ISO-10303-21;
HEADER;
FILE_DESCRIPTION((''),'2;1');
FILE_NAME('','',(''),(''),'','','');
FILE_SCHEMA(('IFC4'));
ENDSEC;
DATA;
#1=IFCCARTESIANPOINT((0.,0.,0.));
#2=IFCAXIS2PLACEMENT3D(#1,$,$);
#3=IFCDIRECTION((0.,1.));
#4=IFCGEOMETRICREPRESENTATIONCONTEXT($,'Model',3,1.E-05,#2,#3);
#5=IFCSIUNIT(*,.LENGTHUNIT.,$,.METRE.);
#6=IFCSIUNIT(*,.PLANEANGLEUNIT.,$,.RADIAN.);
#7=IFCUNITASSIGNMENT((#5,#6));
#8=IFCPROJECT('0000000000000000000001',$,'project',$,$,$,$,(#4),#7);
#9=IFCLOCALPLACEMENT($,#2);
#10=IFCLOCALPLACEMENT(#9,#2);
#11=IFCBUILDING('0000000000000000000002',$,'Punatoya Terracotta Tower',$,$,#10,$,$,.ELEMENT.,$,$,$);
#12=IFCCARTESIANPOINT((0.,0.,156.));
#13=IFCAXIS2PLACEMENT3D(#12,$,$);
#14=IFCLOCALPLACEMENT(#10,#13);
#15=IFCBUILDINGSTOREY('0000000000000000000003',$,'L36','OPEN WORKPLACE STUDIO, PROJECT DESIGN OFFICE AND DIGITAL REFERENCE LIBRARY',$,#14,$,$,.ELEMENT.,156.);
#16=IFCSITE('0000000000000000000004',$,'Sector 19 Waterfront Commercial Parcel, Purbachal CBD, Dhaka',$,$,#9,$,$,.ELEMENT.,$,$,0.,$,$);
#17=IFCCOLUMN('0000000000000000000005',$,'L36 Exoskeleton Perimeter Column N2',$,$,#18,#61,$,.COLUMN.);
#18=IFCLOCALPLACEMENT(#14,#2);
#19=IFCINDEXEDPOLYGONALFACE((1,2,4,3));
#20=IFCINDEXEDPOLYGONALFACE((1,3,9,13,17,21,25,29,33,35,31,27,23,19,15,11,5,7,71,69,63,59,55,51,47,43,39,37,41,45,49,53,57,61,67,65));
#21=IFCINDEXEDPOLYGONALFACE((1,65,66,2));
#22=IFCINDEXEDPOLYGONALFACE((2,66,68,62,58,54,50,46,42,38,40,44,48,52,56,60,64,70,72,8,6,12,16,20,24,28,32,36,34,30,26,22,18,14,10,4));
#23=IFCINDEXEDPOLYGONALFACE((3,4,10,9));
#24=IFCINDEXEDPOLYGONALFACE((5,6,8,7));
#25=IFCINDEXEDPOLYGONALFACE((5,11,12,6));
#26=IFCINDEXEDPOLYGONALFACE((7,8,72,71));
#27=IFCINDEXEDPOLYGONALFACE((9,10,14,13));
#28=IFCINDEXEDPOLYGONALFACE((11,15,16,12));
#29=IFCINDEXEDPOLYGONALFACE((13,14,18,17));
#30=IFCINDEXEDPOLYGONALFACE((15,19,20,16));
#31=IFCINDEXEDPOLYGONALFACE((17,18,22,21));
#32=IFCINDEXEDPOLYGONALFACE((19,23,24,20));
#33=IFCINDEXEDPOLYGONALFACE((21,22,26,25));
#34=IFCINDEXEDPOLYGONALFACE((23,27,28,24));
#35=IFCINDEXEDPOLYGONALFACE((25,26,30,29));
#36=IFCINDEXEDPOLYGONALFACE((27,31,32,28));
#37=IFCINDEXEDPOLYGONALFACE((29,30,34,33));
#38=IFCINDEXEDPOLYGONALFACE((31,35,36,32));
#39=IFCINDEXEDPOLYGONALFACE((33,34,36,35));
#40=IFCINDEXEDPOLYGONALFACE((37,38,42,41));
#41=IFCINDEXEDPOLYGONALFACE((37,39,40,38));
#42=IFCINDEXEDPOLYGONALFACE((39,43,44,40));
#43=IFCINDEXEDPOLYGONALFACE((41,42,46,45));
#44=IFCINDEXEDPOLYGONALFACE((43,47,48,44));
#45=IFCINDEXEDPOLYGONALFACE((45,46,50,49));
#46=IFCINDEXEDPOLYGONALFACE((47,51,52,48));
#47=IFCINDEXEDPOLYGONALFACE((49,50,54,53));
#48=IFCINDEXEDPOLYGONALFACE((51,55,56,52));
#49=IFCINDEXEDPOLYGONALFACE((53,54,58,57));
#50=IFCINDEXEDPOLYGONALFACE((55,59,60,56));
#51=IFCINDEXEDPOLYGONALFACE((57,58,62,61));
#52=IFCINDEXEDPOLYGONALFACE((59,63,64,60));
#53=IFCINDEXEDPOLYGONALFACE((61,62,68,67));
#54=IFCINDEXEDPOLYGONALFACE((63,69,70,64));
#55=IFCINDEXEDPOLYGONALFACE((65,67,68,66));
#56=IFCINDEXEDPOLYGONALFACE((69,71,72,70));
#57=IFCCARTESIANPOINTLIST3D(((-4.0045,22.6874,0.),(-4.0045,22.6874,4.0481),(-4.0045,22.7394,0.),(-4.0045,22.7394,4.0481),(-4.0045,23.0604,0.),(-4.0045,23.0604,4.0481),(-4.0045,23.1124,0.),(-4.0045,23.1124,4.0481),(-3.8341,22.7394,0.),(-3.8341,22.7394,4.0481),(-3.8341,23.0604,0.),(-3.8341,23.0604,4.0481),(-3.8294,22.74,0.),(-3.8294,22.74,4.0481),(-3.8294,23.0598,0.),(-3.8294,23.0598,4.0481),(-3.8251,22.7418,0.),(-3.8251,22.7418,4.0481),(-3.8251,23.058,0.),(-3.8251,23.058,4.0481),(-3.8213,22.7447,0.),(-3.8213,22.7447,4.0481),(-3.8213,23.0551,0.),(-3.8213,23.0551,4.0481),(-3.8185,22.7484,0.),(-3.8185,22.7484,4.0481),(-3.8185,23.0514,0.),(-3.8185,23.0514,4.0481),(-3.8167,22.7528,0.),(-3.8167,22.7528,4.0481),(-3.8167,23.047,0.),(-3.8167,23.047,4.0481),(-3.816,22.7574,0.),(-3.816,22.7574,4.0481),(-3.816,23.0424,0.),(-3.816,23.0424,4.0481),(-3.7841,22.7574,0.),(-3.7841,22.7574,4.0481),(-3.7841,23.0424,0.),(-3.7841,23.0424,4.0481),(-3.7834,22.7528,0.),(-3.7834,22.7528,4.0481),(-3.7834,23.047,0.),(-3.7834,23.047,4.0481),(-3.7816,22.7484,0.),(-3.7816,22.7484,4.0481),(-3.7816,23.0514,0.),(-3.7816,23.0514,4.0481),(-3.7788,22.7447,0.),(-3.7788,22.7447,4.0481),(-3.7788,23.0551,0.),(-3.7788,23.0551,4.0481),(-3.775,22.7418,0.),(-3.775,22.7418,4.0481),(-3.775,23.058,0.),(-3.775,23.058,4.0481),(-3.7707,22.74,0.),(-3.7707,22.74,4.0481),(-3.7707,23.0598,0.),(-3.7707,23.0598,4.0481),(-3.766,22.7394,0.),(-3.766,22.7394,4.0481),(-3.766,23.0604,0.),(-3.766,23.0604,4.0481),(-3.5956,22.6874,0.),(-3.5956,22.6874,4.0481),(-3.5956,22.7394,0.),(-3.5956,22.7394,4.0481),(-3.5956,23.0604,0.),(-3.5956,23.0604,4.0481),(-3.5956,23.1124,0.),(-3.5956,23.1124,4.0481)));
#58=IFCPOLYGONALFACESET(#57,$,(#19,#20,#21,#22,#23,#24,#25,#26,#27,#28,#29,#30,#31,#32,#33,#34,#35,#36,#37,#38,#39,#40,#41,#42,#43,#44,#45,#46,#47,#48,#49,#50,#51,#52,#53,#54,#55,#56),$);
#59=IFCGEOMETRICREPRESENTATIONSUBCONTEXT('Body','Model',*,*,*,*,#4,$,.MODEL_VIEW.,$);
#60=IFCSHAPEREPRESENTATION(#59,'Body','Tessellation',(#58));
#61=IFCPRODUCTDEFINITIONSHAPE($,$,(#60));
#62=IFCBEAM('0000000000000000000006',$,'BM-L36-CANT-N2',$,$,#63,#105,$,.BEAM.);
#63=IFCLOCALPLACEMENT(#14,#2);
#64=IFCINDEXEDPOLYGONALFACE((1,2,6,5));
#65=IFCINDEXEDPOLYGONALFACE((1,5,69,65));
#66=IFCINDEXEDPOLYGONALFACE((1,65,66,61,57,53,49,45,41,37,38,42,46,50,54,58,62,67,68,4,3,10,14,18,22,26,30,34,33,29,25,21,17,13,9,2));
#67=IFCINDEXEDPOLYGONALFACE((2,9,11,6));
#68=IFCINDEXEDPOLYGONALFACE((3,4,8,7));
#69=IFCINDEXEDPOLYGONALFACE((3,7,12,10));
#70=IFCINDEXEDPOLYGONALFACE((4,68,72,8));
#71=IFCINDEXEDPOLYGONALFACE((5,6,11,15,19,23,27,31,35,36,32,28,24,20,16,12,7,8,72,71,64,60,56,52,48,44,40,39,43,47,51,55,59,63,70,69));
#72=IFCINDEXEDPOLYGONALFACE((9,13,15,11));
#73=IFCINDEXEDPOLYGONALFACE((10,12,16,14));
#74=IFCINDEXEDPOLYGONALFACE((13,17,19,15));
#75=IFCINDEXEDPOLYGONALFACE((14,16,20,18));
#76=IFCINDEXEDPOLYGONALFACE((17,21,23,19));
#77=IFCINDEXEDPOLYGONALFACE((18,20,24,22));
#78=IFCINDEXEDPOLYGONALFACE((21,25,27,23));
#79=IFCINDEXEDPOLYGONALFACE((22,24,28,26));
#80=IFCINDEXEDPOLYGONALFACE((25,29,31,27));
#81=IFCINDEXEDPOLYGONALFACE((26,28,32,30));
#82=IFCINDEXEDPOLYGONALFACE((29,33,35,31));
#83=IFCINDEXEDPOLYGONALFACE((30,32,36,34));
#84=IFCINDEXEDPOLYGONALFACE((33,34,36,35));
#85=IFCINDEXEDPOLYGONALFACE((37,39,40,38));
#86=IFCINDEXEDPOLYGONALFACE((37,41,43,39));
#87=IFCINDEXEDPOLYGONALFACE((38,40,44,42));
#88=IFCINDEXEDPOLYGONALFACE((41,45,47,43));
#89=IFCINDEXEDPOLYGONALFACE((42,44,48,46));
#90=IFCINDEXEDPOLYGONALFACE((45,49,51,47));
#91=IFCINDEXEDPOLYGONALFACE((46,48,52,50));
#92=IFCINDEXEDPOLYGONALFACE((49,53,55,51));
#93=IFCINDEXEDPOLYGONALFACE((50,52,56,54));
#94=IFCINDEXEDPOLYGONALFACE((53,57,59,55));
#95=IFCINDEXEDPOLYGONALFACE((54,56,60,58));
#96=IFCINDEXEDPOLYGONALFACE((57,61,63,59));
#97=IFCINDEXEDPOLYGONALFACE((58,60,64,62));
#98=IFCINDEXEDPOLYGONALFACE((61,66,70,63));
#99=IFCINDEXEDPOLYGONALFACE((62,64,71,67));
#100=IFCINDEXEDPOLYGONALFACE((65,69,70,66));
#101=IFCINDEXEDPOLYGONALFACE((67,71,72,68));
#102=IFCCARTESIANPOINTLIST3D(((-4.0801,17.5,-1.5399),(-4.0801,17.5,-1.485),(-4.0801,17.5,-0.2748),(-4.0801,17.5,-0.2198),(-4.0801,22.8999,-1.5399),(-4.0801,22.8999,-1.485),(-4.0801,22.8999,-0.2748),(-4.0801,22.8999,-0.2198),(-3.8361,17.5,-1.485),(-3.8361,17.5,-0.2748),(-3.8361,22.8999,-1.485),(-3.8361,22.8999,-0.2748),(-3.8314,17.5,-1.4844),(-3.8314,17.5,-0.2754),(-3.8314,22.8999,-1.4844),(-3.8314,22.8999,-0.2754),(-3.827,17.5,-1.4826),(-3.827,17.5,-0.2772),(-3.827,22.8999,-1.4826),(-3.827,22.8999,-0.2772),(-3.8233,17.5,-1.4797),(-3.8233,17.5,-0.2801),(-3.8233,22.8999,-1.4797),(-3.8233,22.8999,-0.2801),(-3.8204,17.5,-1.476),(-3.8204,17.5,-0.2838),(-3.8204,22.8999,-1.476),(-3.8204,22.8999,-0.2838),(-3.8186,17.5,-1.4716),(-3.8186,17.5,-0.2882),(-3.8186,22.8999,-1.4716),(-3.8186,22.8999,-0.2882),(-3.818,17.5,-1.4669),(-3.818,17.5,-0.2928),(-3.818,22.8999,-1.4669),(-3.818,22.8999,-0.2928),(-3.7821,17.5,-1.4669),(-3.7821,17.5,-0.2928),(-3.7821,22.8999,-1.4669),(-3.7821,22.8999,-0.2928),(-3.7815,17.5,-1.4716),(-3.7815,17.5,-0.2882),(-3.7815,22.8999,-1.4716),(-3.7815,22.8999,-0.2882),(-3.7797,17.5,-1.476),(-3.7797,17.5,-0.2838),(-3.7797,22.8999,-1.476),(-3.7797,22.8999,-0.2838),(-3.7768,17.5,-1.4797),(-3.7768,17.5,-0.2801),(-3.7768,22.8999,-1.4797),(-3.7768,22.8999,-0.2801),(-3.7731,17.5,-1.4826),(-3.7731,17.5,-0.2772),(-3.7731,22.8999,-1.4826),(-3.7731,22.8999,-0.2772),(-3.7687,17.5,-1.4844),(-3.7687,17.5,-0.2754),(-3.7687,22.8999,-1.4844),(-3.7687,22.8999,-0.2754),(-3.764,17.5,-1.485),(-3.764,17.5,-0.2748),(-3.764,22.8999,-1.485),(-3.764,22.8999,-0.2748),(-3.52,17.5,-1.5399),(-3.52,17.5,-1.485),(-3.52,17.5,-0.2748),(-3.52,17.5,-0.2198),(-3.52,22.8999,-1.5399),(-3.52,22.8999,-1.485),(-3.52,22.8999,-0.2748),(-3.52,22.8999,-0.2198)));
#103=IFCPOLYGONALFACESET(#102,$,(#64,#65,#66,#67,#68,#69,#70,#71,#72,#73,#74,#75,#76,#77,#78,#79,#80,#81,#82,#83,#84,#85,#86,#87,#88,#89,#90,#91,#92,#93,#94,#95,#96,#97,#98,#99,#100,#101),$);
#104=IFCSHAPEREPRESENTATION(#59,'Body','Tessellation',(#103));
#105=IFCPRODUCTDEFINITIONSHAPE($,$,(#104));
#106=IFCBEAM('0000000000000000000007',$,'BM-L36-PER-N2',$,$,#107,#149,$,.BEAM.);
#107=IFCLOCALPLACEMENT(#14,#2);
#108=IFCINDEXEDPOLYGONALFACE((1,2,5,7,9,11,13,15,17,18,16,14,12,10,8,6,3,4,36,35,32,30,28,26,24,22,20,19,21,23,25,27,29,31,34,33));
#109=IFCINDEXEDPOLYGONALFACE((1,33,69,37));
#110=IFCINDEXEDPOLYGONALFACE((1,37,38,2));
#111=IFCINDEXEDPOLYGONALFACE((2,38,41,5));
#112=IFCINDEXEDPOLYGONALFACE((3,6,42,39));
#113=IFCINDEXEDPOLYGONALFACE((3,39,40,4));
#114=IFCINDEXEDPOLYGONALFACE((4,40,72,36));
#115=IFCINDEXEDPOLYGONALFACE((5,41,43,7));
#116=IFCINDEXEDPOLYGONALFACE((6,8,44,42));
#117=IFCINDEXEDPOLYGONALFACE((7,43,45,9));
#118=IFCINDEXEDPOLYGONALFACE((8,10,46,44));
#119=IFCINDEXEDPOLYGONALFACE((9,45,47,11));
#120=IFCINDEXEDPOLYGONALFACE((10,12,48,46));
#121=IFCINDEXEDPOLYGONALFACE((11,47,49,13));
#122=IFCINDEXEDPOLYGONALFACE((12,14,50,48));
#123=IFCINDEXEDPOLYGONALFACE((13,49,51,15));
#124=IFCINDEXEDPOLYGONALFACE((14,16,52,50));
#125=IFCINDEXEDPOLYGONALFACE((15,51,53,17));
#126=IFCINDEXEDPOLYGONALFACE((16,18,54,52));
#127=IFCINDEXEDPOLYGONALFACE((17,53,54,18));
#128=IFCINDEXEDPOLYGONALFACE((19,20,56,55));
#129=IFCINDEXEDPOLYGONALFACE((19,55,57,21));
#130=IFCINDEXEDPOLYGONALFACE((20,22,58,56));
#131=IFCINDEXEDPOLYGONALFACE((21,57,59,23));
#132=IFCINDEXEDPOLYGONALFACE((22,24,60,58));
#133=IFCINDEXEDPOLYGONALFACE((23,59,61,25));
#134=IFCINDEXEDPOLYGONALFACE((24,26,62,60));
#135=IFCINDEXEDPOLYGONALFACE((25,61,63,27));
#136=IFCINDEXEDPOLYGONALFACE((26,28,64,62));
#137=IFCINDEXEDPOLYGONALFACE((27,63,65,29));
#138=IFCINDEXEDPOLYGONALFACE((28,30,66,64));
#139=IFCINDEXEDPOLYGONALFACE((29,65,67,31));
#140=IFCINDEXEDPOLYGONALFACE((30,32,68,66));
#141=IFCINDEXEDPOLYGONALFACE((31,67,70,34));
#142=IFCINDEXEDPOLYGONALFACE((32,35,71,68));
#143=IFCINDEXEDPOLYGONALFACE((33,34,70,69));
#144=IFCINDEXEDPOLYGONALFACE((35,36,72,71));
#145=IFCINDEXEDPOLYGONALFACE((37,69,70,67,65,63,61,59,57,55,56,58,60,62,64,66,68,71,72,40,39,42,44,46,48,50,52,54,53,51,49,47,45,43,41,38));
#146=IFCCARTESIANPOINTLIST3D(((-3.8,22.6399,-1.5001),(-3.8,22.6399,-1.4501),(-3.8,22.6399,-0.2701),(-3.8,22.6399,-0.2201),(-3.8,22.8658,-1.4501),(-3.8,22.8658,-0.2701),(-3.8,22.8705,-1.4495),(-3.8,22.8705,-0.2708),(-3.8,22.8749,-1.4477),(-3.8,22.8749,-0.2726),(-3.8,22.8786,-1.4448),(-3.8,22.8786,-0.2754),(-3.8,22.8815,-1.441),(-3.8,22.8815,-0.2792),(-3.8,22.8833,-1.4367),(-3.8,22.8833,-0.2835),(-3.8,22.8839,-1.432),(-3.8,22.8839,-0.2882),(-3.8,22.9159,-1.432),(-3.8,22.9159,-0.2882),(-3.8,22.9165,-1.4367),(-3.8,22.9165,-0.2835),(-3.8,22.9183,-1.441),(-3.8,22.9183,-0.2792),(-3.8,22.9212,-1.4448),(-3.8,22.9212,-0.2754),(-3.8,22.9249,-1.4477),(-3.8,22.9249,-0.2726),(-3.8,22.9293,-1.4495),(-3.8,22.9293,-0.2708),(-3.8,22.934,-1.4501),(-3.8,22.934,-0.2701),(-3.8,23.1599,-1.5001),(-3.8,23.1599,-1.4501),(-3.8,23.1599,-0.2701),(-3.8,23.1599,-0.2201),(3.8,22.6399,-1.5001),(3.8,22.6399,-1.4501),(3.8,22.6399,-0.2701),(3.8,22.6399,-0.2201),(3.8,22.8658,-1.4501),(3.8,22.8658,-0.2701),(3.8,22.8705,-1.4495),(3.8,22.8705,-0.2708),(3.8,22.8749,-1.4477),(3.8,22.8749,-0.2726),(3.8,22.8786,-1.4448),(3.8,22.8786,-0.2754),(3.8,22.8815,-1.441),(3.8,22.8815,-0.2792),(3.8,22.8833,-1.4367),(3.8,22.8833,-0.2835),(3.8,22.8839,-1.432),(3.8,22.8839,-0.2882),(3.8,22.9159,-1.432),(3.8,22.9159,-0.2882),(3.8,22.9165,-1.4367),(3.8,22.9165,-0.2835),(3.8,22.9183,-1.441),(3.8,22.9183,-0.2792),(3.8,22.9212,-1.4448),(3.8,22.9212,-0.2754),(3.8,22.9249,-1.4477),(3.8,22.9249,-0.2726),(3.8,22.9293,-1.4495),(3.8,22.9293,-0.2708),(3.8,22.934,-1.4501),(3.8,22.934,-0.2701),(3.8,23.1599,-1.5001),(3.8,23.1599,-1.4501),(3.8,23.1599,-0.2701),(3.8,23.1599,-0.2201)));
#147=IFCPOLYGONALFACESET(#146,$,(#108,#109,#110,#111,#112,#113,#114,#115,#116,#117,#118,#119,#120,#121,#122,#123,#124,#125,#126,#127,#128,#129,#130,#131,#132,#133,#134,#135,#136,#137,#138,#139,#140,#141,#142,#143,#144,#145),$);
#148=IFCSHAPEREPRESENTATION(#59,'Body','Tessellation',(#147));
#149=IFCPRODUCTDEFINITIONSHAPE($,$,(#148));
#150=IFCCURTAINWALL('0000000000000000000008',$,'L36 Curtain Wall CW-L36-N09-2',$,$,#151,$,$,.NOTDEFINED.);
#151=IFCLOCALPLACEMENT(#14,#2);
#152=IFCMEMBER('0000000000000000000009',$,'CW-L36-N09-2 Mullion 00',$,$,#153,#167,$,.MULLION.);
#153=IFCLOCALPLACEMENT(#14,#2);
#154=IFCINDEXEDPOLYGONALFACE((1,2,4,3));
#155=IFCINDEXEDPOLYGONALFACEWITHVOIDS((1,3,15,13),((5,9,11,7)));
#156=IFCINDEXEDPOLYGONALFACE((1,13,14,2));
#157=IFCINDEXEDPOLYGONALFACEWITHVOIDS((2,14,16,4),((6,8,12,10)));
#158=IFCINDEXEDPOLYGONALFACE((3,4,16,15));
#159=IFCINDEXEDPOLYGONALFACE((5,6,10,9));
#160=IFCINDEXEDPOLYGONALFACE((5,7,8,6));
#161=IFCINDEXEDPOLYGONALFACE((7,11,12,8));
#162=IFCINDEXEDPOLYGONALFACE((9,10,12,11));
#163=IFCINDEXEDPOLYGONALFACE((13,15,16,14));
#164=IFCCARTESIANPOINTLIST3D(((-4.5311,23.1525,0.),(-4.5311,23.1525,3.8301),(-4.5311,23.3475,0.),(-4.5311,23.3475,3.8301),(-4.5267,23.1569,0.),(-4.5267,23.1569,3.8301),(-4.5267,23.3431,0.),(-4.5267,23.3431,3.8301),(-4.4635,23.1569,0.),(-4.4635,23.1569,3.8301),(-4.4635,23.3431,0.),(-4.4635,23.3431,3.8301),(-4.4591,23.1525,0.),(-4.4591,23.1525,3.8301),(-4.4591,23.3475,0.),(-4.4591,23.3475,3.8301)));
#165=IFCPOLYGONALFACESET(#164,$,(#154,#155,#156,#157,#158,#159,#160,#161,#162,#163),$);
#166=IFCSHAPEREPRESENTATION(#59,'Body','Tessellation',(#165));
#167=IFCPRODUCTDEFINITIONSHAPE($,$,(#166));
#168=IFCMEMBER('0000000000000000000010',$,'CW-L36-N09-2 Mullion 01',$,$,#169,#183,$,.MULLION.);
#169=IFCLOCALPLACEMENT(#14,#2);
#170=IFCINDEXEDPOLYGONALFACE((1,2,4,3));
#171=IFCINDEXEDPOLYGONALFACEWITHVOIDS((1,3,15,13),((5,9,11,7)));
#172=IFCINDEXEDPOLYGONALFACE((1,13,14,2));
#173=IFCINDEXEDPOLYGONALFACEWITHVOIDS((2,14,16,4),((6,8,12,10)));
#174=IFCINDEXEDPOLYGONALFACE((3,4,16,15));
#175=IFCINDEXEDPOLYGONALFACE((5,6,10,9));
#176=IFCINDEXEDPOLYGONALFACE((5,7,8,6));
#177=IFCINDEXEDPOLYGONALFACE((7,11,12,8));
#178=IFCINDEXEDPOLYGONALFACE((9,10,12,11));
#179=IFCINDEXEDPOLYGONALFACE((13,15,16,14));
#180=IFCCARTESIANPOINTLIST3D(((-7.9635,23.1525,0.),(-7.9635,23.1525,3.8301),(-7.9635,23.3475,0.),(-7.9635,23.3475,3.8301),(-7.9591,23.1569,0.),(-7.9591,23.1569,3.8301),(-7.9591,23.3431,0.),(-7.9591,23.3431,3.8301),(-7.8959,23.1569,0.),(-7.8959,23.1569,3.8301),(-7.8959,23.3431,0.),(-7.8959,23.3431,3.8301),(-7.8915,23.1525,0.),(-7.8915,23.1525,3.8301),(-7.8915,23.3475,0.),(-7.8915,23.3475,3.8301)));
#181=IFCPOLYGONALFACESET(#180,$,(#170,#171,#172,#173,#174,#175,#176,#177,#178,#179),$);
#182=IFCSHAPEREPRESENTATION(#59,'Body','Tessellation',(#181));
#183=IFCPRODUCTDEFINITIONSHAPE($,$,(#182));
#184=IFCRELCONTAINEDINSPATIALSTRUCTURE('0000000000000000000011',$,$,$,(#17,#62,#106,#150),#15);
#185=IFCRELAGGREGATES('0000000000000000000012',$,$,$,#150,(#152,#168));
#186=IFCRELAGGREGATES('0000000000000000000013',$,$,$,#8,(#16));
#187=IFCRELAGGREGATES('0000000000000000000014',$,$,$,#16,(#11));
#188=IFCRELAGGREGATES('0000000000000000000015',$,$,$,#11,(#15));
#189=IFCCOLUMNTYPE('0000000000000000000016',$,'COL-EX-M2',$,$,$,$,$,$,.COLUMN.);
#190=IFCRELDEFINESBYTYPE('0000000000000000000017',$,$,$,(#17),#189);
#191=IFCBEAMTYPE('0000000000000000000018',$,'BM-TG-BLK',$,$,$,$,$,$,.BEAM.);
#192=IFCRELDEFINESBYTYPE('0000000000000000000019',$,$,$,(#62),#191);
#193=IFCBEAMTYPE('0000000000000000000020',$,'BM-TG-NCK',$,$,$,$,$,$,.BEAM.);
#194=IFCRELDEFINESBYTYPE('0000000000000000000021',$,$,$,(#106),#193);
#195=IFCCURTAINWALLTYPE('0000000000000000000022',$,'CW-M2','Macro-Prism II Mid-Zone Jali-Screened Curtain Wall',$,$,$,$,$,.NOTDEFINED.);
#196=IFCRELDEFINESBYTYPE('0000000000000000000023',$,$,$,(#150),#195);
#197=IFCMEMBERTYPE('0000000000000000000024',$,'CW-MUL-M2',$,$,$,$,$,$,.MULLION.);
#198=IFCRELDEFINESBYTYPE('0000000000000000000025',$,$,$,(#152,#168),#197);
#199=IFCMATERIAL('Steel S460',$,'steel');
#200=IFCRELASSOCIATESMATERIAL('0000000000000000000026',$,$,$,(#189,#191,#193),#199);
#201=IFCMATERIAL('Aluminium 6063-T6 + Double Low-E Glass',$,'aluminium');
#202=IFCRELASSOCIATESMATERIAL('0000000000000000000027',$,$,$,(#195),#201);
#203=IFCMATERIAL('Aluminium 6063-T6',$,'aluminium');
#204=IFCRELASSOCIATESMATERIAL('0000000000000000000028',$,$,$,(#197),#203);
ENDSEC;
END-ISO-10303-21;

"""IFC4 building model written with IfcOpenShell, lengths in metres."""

from ifc_helpers import new_model, si_unit, direction, frame, origin, origin_2d, place, context, subcontext, project, spatial, hollow_rectangle, i_section, extrude, material, material_profile, profile_set, type_object, element, aggregate, save


model = new_model("IFC4")

# Units and contexts
model_context = context("Model", 3, precision=1e-05, world=origin(), true_north=direction((0.0, 1.0)))
body_context = subcontext(model_context, "Body", "Model", "MODEL_VIEW")
ifc_project = project(units=[si_unit("LENGTHUNIT", "METRE"), si_unit("PLANEANGLEUNIT", "RADIAN")], contexts=[model_context])

# Site, building, storey
site_placement = place(None, origin())
site = spatial("IfcSite", under=ifc_project, at=site_placement, Name="Sector 19 Waterfront Commercial Parcel, Purbachal CBD, Dhaka", CompositionType="ELEMENT", RefElevation=0.0)
building_placement = place(site_placement, origin())
building = spatial("IfcBuilding", under=site, at=building_placement, Name="Punatoya Terracotta Tower", CompositionType="ELEMENT")
storey_placement = place(building_placement, frame((0.0, 0.0, 156.0)))
storey = spatial("IfcBuildingStorey", under=building, at=storey_placement, Name="L36", Description="OPEN WORKPLACE STUDIO, PROJECT DESIGN OFFICE AND DIGITAL REFERENCE LIBRARY", CompositionType="ELEMENT", Elevation=156.0)

# Column
ifc_material_1 = material(Name="Steel S460", Category="steel")
ifc_material_profile_1 = material_profile(ifc_material_1, i_section(OverallWidth=0.4089, OverallDepth=0.425, WebThickness=0.032, FlangeThickness=0.052, FilletRadius=0.0181, at=origin_2d()))
ifc_profile_set_1 = profile_set([ifc_material_profile_1], Name="Steel S460")
column_type = type_object("IfcColumnType", Name="COL-EX-M2", PredefinedType="COLUMN", material=ifc_profile_set_1)
column_placement = place(storey_placement, frame((-3.8, 22.8999, 0.0), z_axis=(0.0, 0.0, 1.0), x_axis=(1.0, 0.0, 0.0)))
element("IfcColumn", 1, at=column_placement, inside=storey, type_object=column_type, Name="L36 Exoskeleton Perimeter Column N2", PredefinedType="COLUMN", context=body_context, shape_type="SweptSolid", body=[
    extrude(i_section(OverallWidth=0.4089, OverallDepth=0.425, WebThickness=0.032, FlangeThickness=0.052, FilletRadius=0.0181, at=origin_2d()), origin(), (0.0, 0.0, 1.0), 4.0481),
])

# Beams
ifc_material_profile_2 = material_profile(ifc_material_1, i_section(OverallWidth=0.5601, OverallDepth=1.3201, WebThickness=0.0359, FlangeThickness=0.0549, FilletRadius=0.0181, at=origin_2d()))
ifc_profile_set_2 = profile_set([ifc_material_profile_2], Name="Steel S460")
beam_type_1 = type_object("IfcBeamType", Name="BM-TG-BLK", PredefinedType="BEAM", material=ifc_profile_set_2)
beam_1_placement = place(storey_placement, frame((-3.8, 17.5, -0.8799), z_axis=(0.0, 1.0, 0.0), x_axis=(-1.0, 0.0, 0.0)))
element("IfcBeam", 2, at=beam_1_placement, inside=storey, type_object=beam_type_1, Name="BM-L36-CANT-N2", PredefinedType="BEAM", context=body_context, shape_type="SweptSolid", body=[
    extrude(i_section(OverallWidth=0.5601, OverallDepth=1.3201, WebThickness=0.0359, FlangeThickness=0.0549, FilletRadius=0.0181, at=origin_2d()), origin(), (0.0, 0.0, 1.0), 5.3999),
])
ifc_material_profile_3 = material_profile(ifc_material_1, i_section(OverallWidth=0.52, OverallDepth=1.28, WebThickness=0.032, FlangeThickness=0.05, FilletRadius=0.0181, at=origin_2d()))
ifc_profile_set_3 = profile_set([ifc_material_profile_3], Name="Steel S460")
beam_type_2 = type_object("IfcBeamType", Name="BM-TG-NCK", PredefinedType="BEAM", material=ifc_profile_set_3)
beam_2_placement = place(storey_placement, frame((-3.8, 22.8999, -0.8601), z_axis=(1.0, 0.0, 0.0), x_axis=(0.0, 1.0, 0.0)))
element("IfcBeam", 3, at=beam_2_placement, inside=storey, type_object=beam_type_2, Name="BM-L36-PER-N2", PredefinedType="BEAM", context=body_context, shape_type="SweptSolid", body=[
    extrude(i_section(OverallWidth=0.52, OverallDepth=1.28, WebThickness=0.032, FlangeThickness=0.05, FilletRadius=0.0181, at=origin_2d()), origin(), (0.0, 0.0, 1.0), 7.6001),
])

# Curtain wall, members
ifc_material_2 = material(Name="Aluminium 6063-T6 + Double Low-E Glass", Category="aluminium")
curtain_wall_type = type_object("IfcCurtainWallType", Name="CW-M2", Description="Macro-Prism II Mid-Zone Jali-Screened Curtain Wall", PredefinedType="NOTDEFINED", material=ifc_material_2)
curtain_wall_placement = place(storey_placement, origin())
curtain_wall = element("IfcCurtainWall", 4, at=curtain_wall_placement, inside=storey, type_object=curtain_wall_type, Name="L36 Curtain Wall CW-L36-N09-2", PredefinedType="NOTDEFINED")
ifc_material_3 = material(Name="Aluminium 6063-T6", Category="aluminium")
ifc_material_profile_4 = material_profile(ifc_material_3, hollow_rectangle(XDim=0.072, YDim=0.1951, WallThickness=0.0044, at=origin_2d()))
ifc_profile_set_4 = profile_set([ifc_material_profile_4], Name="Aluminium 6063-T6")
member_type_1 = type_object("IfcMemberType", Name="CW-MUL-M2", PredefinedType="MULLION", material=ifc_profile_set_4)
member_1_placement = place(storey_placement, frame((-4.4951, 23.25, 0.0), z_axis=(0.0, 0.0, 1.0), x_axis=(1.0, 0.0, 0.0)))
member_1 = element("IfcMember", 5, at=member_1_placement, type_object=member_type_1, Name="CW-L36-N09-2 Mullion 00", PredefinedType="MULLION", context=body_context, shape_type="SweptSolid", body=[
    extrude(hollow_rectangle(XDim=0.072, YDim=0.1951, WallThickness=0.0044, at=origin_2d()), origin(), (0.0, 0.0, 1.0), 3.8301),
])
member_2_placement = place(storey_placement, frame((-7.9275, 23.25, 0.0), z_axis=(0.0, 0.0, 1.0), x_axis=(1.0, 0.0, 0.0)))
member_2 = element("IfcMember", 6, at=member_2_placement, type_object=member_type_1, Name="CW-L36-N09-2 Mullion 01", PredefinedType="MULLION", context=body_context, shape_type="SweptSolid", body=[
    extrude(hollow_rectangle(XDim=0.072, YDim=0.1951, WallThickness=0.0044, at=origin_2d()), origin(), (0.0, 0.0, 1.0), 3.8301),
])

aggregate(curtain_wall, [member_1, member_2])

save(model, "model.ifc")
